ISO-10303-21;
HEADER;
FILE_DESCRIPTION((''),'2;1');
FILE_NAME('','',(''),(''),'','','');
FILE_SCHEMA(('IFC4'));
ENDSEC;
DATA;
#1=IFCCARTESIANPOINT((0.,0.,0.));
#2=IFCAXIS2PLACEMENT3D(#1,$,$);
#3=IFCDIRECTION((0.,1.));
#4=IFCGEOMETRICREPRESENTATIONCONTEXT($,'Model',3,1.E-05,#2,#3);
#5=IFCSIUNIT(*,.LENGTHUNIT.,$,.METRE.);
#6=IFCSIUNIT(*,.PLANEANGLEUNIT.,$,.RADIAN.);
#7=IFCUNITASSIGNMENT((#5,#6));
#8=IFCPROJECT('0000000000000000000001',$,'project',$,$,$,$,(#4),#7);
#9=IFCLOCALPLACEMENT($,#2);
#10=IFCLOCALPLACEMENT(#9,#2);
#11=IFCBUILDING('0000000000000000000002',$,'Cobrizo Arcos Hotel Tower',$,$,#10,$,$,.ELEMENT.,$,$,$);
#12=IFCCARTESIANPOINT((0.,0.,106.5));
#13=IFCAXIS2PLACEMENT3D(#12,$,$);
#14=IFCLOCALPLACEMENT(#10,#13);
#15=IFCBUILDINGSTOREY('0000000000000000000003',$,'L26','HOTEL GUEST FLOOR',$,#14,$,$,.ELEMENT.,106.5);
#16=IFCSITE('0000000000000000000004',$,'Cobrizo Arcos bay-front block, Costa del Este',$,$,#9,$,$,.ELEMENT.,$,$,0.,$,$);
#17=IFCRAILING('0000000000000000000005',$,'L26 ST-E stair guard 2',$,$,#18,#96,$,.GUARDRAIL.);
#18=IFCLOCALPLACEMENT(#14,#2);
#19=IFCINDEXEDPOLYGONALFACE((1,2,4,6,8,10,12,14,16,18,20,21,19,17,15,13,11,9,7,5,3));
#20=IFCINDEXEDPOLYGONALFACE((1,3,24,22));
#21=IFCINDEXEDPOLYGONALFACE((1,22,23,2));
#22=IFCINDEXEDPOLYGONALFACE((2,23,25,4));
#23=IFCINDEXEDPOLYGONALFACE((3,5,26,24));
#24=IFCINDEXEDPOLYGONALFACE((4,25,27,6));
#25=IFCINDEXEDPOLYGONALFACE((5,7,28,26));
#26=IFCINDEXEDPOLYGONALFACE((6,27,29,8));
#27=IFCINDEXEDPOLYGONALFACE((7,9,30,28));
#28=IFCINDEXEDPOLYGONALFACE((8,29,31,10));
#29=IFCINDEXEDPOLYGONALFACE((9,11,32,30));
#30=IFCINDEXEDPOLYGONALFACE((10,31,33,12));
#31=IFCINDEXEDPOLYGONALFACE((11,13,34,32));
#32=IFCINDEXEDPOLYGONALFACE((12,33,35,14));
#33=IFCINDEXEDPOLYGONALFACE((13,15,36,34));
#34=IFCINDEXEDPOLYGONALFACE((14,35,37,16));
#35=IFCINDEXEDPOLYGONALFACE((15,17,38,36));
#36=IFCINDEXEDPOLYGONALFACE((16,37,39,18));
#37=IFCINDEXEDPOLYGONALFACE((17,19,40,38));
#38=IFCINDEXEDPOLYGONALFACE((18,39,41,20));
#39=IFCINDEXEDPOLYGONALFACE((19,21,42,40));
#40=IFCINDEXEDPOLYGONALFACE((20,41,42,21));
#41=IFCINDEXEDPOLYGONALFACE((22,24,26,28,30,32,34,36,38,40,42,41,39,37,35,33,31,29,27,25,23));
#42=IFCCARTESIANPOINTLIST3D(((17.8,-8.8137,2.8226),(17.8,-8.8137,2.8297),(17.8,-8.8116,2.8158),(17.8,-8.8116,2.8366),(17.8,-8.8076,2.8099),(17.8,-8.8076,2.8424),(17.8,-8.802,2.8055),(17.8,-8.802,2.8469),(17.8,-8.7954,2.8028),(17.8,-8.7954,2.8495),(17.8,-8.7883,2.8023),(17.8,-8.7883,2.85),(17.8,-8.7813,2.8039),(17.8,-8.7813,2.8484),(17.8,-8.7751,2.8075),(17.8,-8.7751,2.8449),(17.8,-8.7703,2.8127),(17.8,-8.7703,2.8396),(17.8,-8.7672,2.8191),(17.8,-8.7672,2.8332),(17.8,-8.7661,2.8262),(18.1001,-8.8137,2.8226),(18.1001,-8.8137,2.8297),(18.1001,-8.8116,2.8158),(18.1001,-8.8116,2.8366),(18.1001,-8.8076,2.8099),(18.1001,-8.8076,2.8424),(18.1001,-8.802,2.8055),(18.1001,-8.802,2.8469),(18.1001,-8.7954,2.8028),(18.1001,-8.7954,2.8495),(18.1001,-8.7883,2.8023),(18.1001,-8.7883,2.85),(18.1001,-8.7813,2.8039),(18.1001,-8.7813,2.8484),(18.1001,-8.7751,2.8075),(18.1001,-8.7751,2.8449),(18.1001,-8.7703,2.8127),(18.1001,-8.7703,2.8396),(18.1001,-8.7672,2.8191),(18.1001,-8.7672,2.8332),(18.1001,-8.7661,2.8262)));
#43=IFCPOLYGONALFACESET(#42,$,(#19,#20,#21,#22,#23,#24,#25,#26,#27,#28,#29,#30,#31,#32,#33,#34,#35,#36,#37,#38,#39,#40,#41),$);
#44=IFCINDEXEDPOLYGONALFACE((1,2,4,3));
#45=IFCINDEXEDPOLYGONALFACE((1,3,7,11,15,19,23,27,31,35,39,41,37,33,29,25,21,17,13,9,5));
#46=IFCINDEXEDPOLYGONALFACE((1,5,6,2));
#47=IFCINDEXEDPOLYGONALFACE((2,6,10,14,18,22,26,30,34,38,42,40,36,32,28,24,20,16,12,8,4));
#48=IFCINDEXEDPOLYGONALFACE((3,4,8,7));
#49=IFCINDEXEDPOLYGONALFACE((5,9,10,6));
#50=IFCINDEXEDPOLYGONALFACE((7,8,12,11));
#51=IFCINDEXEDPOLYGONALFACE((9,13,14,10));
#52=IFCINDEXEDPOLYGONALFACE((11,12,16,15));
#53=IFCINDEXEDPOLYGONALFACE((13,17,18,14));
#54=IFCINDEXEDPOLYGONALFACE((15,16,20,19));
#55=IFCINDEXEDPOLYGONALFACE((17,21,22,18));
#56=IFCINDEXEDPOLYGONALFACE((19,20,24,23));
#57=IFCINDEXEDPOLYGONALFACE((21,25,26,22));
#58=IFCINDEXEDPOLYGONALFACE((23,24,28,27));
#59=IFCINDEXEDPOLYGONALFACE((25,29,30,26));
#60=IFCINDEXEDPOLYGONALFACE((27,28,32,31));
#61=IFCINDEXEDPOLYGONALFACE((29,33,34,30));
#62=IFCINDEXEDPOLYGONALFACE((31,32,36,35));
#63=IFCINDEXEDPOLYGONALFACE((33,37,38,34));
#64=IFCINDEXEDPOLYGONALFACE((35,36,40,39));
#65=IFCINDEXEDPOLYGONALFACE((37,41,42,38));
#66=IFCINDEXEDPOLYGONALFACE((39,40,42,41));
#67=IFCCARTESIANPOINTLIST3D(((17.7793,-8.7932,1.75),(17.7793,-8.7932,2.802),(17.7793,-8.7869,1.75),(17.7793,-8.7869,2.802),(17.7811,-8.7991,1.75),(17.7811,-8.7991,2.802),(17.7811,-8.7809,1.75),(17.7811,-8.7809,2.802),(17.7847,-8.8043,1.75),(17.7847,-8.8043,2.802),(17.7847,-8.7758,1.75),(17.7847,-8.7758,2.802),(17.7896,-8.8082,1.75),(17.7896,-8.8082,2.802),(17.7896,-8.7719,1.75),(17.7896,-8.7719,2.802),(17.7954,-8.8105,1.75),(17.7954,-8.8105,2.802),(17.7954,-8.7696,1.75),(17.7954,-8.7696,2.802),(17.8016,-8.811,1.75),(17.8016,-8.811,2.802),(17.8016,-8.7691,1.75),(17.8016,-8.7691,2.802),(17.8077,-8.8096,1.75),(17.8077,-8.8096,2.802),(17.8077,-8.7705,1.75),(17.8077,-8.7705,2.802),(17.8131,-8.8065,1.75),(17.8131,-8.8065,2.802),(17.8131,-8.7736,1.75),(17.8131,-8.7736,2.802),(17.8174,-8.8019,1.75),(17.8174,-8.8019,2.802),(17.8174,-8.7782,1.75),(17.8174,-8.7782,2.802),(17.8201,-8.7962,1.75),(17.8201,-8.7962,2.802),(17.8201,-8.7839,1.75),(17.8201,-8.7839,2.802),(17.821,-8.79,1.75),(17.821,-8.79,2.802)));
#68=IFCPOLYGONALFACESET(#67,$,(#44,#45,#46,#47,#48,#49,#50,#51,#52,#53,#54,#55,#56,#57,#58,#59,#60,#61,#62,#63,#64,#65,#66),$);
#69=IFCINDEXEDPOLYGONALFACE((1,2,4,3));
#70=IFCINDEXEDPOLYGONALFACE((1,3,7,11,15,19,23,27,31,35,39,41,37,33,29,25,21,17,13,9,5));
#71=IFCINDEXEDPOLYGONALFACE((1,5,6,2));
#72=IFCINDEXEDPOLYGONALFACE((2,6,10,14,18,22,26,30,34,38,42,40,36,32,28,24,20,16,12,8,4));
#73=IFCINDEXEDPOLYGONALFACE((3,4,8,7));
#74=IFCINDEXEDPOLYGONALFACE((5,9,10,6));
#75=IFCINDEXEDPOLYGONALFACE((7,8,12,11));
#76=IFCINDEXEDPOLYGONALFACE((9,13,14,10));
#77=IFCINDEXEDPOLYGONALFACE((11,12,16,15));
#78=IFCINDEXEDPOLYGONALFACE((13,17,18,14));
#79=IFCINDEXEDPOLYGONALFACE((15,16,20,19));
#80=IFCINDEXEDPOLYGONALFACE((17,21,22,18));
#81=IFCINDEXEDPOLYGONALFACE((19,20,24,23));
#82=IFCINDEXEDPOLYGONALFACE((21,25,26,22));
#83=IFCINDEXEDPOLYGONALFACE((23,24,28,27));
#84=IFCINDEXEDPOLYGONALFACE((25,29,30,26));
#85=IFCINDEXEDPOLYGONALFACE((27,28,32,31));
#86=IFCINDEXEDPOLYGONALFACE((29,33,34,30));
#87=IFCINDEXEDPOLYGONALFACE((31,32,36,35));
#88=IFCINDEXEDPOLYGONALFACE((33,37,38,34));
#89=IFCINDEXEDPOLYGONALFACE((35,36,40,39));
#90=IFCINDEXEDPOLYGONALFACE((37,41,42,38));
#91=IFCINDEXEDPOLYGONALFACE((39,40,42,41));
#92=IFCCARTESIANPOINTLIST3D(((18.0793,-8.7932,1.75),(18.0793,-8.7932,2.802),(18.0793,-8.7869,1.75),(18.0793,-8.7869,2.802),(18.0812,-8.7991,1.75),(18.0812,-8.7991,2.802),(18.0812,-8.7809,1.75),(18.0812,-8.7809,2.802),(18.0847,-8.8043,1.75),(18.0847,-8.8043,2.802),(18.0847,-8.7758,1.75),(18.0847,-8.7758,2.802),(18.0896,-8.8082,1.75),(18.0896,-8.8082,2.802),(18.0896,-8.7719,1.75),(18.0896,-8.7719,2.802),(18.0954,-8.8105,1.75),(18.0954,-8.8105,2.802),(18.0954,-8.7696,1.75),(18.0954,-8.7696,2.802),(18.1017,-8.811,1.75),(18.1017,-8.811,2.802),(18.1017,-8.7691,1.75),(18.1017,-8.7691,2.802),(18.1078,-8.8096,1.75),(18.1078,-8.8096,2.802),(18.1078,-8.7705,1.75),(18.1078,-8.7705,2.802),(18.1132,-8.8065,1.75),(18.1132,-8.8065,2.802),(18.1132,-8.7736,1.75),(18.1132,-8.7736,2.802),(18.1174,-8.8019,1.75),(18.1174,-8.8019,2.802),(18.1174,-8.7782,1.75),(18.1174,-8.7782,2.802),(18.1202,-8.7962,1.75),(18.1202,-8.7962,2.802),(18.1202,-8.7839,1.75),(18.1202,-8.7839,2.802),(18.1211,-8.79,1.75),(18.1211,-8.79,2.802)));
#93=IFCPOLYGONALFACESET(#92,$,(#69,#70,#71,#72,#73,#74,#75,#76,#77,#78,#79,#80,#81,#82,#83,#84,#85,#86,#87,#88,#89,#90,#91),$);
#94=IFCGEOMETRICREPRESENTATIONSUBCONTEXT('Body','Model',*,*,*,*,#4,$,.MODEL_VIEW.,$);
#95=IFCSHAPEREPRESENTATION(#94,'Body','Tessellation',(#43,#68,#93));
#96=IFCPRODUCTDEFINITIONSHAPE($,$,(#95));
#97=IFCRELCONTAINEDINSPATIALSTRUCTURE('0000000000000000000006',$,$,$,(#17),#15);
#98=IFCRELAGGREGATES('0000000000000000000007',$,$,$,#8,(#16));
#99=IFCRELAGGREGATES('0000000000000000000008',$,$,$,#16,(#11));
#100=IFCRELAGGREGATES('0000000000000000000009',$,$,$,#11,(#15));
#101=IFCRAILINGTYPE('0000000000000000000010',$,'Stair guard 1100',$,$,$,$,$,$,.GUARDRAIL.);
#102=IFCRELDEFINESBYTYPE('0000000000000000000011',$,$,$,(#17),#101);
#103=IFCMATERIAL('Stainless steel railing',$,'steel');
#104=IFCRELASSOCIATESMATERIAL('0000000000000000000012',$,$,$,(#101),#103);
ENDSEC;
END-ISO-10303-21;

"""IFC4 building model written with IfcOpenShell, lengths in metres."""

from ifc_helpers import new_model, si_unit, direction, frame, origin, origin_2d, place, context, subcontext, project, spatial, circle, extrude, material, type_object, element, save


model = new_model("IFC4")

# Units and contexts
model_context = context("Model", 3, precision=1e-05, world=origin(), true_north=direction((0.0, 1.0)))
body_context = subcontext(model_context, "Body", "Model", "MODEL_VIEW")
ifc_project = project(units=[si_unit("LENGTHUNIT", "METRE"), si_unit("PLANEANGLEUNIT", "RADIAN")], contexts=[model_context])

# Site, building, storey
site_placement = place(None, origin())
site = spatial("IfcSite", under=ifc_project, at=site_placement, Name="Cobrizo Arcos bay-front block, Costa del Este", CompositionType="ELEMENT", RefElevation=0.0)
building_placement = place(site_placement, origin())
building = spatial("IfcBuilding", under=site, at=building_placement, Name="Cobrizo Arcos Hotel Tower", CompositionType="ELEMENT")
storey_placement = place(building_placement, frame((0.0, 0.0, 106.5)))
storey = spatial("IfcBuildingStorey", under=building, at=storey_placement, Name="L26", Description="HOTEL GUEST FLOOR", CompositionType="ELEMENT", Elevation=106.5)

# Railing
ifc_material_1 = material(Name="Stainless steel railing", Category="steel")
railing_type_1 = type_object("IfcRailingType", Name="Stair guard 1100", PredefinedType="GUARDRAIL", material=ifc_material_1)
railing_1_placement = place(storey_placement, frame((17.8, -8.79, 1.75)))
element("IfcRailing", 1, at=railing_1_placement, inside=storey, type_object=railing_type_1, Name="L26 ST-E stair guard 2", PredefinedType="GUARDRAIL", context=body_context, shape_type="SweptSolid", body=[
    extrude(circle(Radius=0.0239, at=origin_2d()), frame((0.0, 0.0, 1.0762), z_axis=(1.0, 0.0, 0.0), x_axis=(0.0, 1.0, 0.0)), (0.0, 0.0, 1.0), 0.3),
    extrude(circle(Radius=0.021, at=origin_2d()), origin(), (0.0, 0.0, 1.0), 1.052),
    extrude(circle(Radius=0.021, at=origin_2d()), frame((0.3, 0.0, 0.0)), (0.0, 0.0, 1.0), 1.052),
])

save(model, "model.ifc")
